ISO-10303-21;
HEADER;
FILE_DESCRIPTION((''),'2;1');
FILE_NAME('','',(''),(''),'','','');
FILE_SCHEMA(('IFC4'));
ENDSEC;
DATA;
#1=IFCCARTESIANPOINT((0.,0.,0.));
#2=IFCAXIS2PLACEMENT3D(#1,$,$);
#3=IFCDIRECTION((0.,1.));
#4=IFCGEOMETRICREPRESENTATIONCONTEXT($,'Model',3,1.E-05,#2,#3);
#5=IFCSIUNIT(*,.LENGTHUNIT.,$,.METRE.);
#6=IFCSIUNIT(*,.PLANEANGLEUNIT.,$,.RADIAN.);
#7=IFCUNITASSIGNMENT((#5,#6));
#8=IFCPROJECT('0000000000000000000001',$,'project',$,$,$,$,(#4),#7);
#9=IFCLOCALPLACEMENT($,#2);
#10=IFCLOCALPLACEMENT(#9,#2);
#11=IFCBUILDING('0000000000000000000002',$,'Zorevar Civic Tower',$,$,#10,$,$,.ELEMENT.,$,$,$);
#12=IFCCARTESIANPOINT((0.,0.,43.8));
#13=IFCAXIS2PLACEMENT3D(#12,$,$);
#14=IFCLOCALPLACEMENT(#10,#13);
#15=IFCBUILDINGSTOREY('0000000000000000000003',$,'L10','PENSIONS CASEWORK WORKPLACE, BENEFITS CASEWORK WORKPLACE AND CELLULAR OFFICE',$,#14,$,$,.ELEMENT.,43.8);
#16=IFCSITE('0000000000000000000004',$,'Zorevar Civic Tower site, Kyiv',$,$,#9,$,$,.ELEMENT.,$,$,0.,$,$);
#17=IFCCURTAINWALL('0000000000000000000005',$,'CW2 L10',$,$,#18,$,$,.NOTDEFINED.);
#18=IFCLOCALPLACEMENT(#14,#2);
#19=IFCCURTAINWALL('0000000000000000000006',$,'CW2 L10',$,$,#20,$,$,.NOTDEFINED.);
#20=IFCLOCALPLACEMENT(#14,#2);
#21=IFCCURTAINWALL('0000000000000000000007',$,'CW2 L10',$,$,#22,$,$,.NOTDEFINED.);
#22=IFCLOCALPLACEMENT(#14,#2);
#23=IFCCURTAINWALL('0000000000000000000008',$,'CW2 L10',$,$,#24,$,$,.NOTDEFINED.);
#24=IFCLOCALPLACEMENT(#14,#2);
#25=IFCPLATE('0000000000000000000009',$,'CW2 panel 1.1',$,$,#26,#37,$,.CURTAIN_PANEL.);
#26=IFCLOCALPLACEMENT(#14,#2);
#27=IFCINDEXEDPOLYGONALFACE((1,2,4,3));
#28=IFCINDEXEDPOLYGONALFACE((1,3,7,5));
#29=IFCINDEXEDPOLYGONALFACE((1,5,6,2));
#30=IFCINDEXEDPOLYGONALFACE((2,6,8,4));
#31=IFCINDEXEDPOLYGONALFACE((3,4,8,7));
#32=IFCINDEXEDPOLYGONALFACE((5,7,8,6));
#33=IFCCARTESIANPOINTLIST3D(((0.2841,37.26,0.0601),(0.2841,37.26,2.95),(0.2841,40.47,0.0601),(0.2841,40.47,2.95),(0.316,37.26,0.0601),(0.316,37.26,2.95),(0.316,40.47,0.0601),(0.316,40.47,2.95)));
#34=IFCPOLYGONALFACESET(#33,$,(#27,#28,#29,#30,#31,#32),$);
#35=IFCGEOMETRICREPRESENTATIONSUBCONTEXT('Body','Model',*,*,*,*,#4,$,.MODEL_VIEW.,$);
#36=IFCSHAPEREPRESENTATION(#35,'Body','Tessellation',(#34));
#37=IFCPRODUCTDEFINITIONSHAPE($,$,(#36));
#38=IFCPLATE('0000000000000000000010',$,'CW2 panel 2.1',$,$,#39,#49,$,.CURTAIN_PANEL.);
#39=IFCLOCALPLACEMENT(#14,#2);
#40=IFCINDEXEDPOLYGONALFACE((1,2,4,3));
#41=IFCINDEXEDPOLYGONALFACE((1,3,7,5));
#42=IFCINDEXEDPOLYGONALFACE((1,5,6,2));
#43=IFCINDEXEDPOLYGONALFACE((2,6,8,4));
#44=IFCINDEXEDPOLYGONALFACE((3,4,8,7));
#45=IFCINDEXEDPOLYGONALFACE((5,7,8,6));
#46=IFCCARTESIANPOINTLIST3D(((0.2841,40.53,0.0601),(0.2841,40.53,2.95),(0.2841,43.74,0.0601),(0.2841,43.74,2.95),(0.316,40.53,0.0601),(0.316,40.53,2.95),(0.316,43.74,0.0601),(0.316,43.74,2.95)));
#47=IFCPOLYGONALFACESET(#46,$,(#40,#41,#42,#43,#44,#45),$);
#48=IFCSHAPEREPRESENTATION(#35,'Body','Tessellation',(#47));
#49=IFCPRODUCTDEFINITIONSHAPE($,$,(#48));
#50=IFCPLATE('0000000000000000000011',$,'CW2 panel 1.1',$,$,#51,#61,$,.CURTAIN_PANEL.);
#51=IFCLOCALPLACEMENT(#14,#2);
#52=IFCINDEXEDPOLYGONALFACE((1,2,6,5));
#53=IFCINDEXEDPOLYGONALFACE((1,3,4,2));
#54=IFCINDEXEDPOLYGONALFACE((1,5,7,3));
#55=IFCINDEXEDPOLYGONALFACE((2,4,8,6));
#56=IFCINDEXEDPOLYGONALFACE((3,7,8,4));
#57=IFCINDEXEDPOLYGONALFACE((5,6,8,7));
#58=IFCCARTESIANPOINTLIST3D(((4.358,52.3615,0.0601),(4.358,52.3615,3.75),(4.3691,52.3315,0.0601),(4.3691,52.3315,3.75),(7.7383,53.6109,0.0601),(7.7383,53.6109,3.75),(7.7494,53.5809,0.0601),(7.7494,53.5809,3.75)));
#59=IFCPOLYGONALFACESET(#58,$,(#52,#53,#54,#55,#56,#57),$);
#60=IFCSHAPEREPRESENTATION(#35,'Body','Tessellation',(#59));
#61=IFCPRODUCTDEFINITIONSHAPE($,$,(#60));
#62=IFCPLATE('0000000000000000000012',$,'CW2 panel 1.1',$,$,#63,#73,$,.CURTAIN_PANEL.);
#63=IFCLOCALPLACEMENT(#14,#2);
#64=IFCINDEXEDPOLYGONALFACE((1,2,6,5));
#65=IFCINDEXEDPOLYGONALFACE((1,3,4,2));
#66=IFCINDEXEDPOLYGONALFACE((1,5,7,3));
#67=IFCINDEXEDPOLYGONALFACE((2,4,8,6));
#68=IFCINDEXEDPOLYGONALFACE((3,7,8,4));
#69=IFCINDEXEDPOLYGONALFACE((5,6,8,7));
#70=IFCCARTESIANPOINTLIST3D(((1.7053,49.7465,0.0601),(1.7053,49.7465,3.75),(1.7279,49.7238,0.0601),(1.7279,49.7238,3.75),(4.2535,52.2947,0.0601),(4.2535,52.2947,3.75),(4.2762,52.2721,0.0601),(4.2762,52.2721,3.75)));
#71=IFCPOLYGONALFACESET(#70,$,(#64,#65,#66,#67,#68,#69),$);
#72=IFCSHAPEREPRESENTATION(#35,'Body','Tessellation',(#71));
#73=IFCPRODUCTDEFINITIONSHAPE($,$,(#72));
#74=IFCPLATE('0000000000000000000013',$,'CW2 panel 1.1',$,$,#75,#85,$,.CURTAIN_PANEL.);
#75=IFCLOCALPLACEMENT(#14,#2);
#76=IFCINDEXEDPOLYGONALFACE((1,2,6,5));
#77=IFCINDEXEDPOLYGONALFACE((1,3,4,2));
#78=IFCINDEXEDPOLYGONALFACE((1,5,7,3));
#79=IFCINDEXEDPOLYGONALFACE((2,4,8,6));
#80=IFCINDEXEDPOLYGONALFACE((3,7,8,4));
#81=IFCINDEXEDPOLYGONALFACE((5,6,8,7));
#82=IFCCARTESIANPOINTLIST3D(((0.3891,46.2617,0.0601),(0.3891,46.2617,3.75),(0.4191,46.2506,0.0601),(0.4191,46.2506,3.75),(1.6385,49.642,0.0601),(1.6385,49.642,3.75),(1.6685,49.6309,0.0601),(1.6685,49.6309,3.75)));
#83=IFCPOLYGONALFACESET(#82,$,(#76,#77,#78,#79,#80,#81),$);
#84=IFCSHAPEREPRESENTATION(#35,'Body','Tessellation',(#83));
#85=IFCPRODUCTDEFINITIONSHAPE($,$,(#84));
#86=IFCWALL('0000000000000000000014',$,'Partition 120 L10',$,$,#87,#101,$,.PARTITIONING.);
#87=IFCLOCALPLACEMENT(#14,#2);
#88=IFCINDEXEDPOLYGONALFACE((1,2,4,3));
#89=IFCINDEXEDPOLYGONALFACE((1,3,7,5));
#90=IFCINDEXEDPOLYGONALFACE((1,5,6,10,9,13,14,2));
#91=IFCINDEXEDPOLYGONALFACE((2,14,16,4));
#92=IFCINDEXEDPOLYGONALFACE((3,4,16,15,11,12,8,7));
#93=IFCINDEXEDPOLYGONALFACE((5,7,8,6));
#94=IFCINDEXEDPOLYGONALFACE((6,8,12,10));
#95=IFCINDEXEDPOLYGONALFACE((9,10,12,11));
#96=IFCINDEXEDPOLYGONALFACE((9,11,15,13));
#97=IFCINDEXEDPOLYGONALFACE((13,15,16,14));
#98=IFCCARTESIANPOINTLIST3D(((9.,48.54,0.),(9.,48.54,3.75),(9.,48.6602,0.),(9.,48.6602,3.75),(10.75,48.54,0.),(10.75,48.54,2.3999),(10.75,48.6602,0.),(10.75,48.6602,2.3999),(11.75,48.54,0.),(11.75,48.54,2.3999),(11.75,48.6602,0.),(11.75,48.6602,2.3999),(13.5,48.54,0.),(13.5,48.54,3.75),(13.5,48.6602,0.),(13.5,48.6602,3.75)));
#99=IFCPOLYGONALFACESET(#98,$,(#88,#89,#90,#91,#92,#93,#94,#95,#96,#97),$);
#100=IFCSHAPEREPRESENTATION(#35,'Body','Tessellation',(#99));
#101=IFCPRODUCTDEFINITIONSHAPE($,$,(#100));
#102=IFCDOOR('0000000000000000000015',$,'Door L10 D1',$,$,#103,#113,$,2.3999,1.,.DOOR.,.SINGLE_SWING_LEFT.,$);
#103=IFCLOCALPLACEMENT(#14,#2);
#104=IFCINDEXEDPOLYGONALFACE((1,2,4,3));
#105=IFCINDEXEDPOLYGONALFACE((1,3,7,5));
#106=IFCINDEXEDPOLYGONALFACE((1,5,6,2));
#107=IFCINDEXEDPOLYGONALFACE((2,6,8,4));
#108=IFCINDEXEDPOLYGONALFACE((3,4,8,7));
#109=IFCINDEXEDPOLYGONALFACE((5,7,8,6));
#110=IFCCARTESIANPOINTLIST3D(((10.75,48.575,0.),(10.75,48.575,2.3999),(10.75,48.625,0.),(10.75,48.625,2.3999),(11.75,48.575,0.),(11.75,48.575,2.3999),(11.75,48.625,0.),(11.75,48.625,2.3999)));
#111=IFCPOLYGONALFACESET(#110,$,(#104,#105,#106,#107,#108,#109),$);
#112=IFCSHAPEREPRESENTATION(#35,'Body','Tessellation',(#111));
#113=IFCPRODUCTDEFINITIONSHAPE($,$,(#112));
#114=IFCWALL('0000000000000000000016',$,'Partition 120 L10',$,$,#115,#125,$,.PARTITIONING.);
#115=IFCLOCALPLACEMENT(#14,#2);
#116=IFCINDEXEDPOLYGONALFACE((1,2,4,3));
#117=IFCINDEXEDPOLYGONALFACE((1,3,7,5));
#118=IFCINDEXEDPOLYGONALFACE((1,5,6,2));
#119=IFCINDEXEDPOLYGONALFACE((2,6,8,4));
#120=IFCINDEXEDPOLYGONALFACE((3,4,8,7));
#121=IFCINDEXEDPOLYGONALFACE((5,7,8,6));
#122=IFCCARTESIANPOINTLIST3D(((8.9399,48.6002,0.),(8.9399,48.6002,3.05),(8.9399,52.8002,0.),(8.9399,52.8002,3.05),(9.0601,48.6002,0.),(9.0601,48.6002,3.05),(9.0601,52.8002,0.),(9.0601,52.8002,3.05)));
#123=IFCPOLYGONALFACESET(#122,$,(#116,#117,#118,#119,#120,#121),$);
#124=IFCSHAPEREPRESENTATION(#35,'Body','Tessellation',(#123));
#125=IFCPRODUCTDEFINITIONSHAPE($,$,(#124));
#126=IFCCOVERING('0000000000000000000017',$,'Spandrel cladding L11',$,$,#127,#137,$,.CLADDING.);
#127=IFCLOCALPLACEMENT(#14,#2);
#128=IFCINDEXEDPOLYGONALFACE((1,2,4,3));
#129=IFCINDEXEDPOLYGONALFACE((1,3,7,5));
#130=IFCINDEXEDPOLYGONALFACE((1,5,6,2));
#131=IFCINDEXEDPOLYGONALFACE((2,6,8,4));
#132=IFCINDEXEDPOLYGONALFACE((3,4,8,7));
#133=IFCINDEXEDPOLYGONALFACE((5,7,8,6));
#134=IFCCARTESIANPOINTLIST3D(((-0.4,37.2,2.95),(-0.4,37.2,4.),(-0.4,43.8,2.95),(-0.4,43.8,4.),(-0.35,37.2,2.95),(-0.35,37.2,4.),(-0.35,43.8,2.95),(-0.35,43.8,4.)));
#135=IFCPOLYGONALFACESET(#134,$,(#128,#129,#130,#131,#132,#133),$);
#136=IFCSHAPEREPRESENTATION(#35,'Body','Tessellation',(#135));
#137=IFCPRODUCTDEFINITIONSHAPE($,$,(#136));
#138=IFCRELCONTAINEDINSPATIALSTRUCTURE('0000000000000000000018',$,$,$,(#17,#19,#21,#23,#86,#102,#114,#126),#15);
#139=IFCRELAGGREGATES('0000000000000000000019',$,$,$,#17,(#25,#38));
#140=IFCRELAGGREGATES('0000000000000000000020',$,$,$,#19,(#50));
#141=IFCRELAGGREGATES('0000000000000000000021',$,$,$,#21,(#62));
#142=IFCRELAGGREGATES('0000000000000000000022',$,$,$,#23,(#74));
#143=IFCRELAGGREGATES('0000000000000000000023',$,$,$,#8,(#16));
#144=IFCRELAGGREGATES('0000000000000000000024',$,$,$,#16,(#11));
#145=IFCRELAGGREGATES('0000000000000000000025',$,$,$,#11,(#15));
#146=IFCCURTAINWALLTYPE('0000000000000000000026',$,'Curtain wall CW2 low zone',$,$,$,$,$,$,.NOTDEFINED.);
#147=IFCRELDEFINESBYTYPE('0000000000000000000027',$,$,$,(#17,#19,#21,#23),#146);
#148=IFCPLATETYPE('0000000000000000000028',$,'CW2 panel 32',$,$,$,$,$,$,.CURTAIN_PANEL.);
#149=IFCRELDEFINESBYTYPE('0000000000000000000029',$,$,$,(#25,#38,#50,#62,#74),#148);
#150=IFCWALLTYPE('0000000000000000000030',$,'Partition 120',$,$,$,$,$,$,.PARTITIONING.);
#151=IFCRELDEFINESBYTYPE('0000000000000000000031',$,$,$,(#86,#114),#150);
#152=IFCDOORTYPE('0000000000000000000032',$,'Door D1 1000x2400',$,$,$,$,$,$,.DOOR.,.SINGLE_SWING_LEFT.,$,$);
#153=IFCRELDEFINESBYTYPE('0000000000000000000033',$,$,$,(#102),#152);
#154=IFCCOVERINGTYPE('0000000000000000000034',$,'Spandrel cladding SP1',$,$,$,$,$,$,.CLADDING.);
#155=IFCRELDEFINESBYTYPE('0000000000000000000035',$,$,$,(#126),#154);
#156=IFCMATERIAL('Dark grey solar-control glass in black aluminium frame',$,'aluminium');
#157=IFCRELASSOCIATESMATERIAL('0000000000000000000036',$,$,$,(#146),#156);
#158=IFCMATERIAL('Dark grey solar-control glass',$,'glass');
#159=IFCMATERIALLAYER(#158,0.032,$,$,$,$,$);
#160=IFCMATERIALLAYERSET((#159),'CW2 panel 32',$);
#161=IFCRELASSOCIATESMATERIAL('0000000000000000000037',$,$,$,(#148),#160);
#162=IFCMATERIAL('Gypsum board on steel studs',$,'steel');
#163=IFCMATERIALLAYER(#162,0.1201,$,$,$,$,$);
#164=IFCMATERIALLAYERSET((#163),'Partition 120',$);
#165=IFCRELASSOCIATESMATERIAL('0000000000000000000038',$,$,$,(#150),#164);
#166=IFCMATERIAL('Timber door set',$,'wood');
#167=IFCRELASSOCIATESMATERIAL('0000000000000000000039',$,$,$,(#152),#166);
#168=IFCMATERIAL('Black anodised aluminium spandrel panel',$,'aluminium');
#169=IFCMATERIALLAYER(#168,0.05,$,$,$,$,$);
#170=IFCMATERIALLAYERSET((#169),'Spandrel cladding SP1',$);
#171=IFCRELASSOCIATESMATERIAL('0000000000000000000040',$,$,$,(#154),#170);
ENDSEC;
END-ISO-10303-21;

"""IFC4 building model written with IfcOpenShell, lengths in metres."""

from ifc_helpers import new_model, si_unit, direction, frame, frame_2d, origin, origin_2d, place, context, subcontext, project, spatial, rectangle, extrude, material, layer, layer_set, type_object, element, fill, aggregate, save


model = new_model("IFC4")

# Units and contexts
model_context = context("Model", 3, precision=1e-05, world=origin(), true_north=direction((0.0, 1.0)))
body_context = subcontext(model_context, "Body", "Model", "MODEL_VIEW")
ifc_project = project(units=[si_unit("LENGTHUNIT", "METRE"), si_unit("PLANEANGLEUNIT", "RADIAN")], contexts=[model_context])

# Site, building, storey
site_placement = place(None, origin())
site = spatial("IfcSite", under=ifc_project, at=site_placement, Name="Zorevar Civic Tower site, Kyiv", CompositionType="ELEMENT", RefElevation=0.0)
building_placement = place(site_placement, origin())
building = spatial("IfcBuilding", under=site, at=building_placement, Name="Zorevar Civic Tower", CompositionType="ELEMENT")
storey_placement = place(building_placement, frame((0.0, 0.0, 43.8)))
storey = spatial("IfcBuildingStorey", under=building, at=storey_placement, Name="L10", Description="PENSIONS CASEWORK WORKPLACE, BENEFITS CASEWORK WORKPLACE AND CELLULAR OFFICE", CompositionType="ELEMENT", Elevation=43.8)

# Curtain walls
ifc_material_1 = material(Name="Dark grey solar-control glass in black aluminium frame", Category="aluminium")
curtain_wall_type = type_object("IfcCurtainWallType", Name="Curtain wall CW2 low zone", PredefinedType="NOTDEFINED", material=ifc_material_1)
curtain_wall_1_placement = place(storey_placement, origin())
curtain_wall_1 = element("IfcCurtainWall", 1, at=curtain_wall_1_placement, inside=storey, type_object=curtain_wall_type, Name="CW2 L10", PredefinedType="NOTDEFINED")
curtain_wall_2_placement = place(storey_placement, origin())
curtain_wall_2 = element("IfcCurtainWall", 2, at=curtain_wall_2_placement, inside=storey, type_object=curtain_wall_type, Name="CW2 L10", PredefinedType="NOTDEFINED")
curtain_wall_3_placement = place(storey_placement, origin())
curtain_wall_3 = element("IfcCurtainWall", 3, at=curtain_wall_3_placement, inside=storey, type_object=curtain_wall_type, Name="CW2 L10", PredefinedType="NOTDEFINED")
curtain_wall_4_placement = place(storey_placement, origin())
curtain_wall_4 = element("IfcCurtainWall", 4, at=curtain_wall_4_placement, inside=storey, type_object=curtain_wall_type, Name="CW2 L10", PredefinedType="NOTDEFINED")

# Plates
ifc_material_2 = material(Name="Dark grey solar-control glass", Category="glass")
ifc_layer_1 = layer(ifc_material_2, 0.032)
ifc_layer_set_1 = layer_set([ifc_layer_1], Name="CW2 panel 32")
plate_type = type_object("IfcPlateType", Name="CW2 panel 32", PredefinedType="CURTAIN_PANEL", material=ifc_layer_set_1)
plate_1_placement = place(storey_placement, frame((0.3, 38.865, 0.0601), z_axis=(0.0, 0.0, 1.0), x_axis=(0.0, 1.0, 0.0)))
plate_1 = element("IfcPlate", 5, at=plate_1_placement, type_object=plate_type, Name="CW2 panel 1.1", PredefinedType="CURTAIN_PANEL", context=body_context, shape_type="SweptSolid", body=[
    extrude(rectangle(XDim=3.21, YDim=0.032, at=origin_2d()), origin(), (0.0, 0.0, 1.0), 2.8899),
])
plate_2_placement = place(storey_placement, frame((0.3, 42.135, 0.0601), z_axis=(0.0, 0.0, 1.0), x_axis=(0.0, 1.0, 0.0)))
plate_2 = element("IfcPlate", 6, at=plate_2_placement, type_object=plate_type, Name="CW2 panel 2.1", PredefinedType="CURTAIN_PANEL", context=body_context, shape_type="SweptSolid", body=[
    extrude(rectangle(XDim=3.21, YDim=0.032, at=origin_2d()), origin(), (0.0, 0.0, 1.0), 2.8899),
])
aggregate(curtain_wall_1, [plate_1, plate_2])
plate_3_placement = place(storey_placement, frame((6.0537, 52.9712, 0.0601), z_axis=(0.0, 0.0, 1.0), x_axis=(-0.937975, -0.346704, 0.0)))
plate_3 = element("IfcPlate", 7, at=plate_3_placement, type_object=plate_type, Name="CW2 panel 1.1", PredefinedType="CURTAIN_PANEL", context=body_context, shape_type="SweptSolid", body=[
    extrude(rectangle(XDim=3.6038, YDim=0.032, at=origin_2d()), origin(), (0.0, 0.0, 1.0), 3.6899),
])
aggregate(curtain_wall_2, [plate_3])
plate_4_placement = place(storey_placement, frame((2.9907, 51.0093, 0.0601), z_axis=(0.0, 0.0, 1.0), x_axis=(-0.707107, -0.707107, 0.0)))
plate_4 = element("IfcPlate", 8, at=plate_4_placement, type_object=plate_type, Name="CW2 panel 1.1", PredefinedType="CURTAIN_PANEL", context=body_context, shape_type="SweptSolid", body=[
    extrude(rectangle(XDim=3.6038, YDim=0.032, at=origin_2d()), origin(), (0.0, 0.0, 1.0), 3.6899),
])
aggregate(curtain_wall_3, [plate_4])
plate_5_placement = place(storey_placement, frame((1.0288, 47.9463, 0.0601), z_axis=(0.0, 0.0, 1.0), x_axis=(-0.346704, -0.937975, 0.0)))
plate_5 = element("IfcPlate", 9, at=plate_5_placement, type_object=plate_type, Name="CW2 panel 1.1", PredefinedType="CURTAIN_PANEL", context=body_context, shape_type="SweptSolid", body=[
    extrude(rectangle(XDim=3.6038, YDim=0.032, at=origin_2d()), origin(), (0.0, 0.0, 1.0), 3.6899),
])
aggregate(curtain_wall_4, [plate_5])

# Wall, opening, door
ifc_material_3 = material(Name="Gypsum board on steel studs", Category="steel")
ifc_layer_2 = layer(ifc_material_3, 0.1201)
ifc_layer_set_2 = layer_set([ifc_layer_2], Name="Partition 120")
wall_type = type_object("IfcWallType", Name="Partition 120", PredefinedType="PARTITIONING", material=ifc_layer_set_2)
wall_1_placement = place(storey_placement, frame((9.0, 48.6001, 0.0), z_axis=(0.0, 0.0, 1.0), x_axis=(1.0, 0.0, 0.0)))
wall_1 = element("IfcWall", 10, at=wall_1_placement, inside=storey, type_object=wall_type, Name="Partition 120 L10", PredefinedType="PARTITIONING", context=body_context, shape_type="SweptSolid", body=[
    extrude(rectangle(XDim=4.5, YDim=0.1201, at=frame_2d((2.25, 0.0))), origin(), (0.0, 0.0, 1.0), 3.75),
])
opening_placement = place(wall_1_placement, frame((1.75, 0.0, 0.0)))
opening = element("IfcOpeningElement", 11, at=opening_placement, cuts=wall_1, PredefinedType="OPENING", context=body_context, shape_type="SweptSolid", body=[
    extrude(rectangle(XDim=1.0, YDim=2.3999, at=frame_2d((0.5, 1.2))), frame((0.0, 0.0701, 0.0), z_axis=(0.0, -1.0, 0.0), x_axis=(1.0, 0.0, 0.0)), (0.0, 0.0, 1.0), 0.1401),
])
ifc_material_4 = material(Name="Timber door set", Category="wood")
door_type = type_object("IfcDoorType", Name="Door D1 1000x2400", OperationType="SINGLE_SWING_LEFT", PredefinedType="DOOR", material=ifc_material_4)
door_placement = place(opening_placement, origin())
door = element("IfcDoor", 12, at=door_placement, inside=storey, type_object=door_type, Name="Door L10 D1", OperationType="SINGLE_SWING_LEFT", OverallHeight=2.3999, OverallWidth=1.0, PredefinedType="DOOR", context=body_context, shape_type="SweptSolid", body=[
    extrude(rectangle(XDim=1.0, YDim=2.3999, at=frame_2d((0.5, 1.2))), frame((0.0, 0.0249, 0.0), z_axis=(0.0, -1.0, 0.0), x_axis=(1.0, 0.0, 0.0)), (0.0, 0.0, 1.0), 0.05),
])
fill(opening, door)

# Wall
wall_2_placement = place(storey_placement, frame((9.0, 48.6001, 0.0), z_axis=(0.0, 0.0, 1.0), x_axis=(0.0, 1.0, 0.0)))
element("IfcWall", 13, at=wall_2_placement, inside=storey, type_object=wall_type, Name="Partition 120 L10", PredefinedType="PARTITIONING", context=body_context, shape_type="SweptSolid", body=[
    extrude(rectangle(XDim=4.2, YDim=0.1201, at=frame_2d((2.1001, 0.0))), origin(), (0.0, 0.0, 1.0), 3.05),
])

# Covering
ifc_material_5 = material(Name="Black anodised aluminium spandrel panel", Category="aluminium")
ifc_layer_3 = layer(ifc_material_5, 0.05)
ifc_layer_set_3 = layer_set([ifc_layer_3], Name="Spandrel cladding SP1")
covering_type = type_object("IfcCoveringType", Name="Spandrel cladding SP1", PredefinedType="CLADDING", material=ifc_layer_set_3)
covering_placement = place(storey_placement, frame((-0.375, 37.2, 2.95), z_axis=(0.0, 0.0, 1.0), x_axis=(0.0, 1.0, 0.0)))
element("IfcCovering", 14, at=covering_placement, inside=storey, type_object=covering_type, Name="Spandrel cladding L11", PredefinedType="CLADDING", context=body_context, shape_type="SweptSolid", body=[
    extrude(rectangle(XDim=6.6001, YDim=0.05, at=frame_2d((3.3, 0.0))), origin(), (0.0, 0.0, 1.0), 1.05),
])

save(model, "model.ifc")
